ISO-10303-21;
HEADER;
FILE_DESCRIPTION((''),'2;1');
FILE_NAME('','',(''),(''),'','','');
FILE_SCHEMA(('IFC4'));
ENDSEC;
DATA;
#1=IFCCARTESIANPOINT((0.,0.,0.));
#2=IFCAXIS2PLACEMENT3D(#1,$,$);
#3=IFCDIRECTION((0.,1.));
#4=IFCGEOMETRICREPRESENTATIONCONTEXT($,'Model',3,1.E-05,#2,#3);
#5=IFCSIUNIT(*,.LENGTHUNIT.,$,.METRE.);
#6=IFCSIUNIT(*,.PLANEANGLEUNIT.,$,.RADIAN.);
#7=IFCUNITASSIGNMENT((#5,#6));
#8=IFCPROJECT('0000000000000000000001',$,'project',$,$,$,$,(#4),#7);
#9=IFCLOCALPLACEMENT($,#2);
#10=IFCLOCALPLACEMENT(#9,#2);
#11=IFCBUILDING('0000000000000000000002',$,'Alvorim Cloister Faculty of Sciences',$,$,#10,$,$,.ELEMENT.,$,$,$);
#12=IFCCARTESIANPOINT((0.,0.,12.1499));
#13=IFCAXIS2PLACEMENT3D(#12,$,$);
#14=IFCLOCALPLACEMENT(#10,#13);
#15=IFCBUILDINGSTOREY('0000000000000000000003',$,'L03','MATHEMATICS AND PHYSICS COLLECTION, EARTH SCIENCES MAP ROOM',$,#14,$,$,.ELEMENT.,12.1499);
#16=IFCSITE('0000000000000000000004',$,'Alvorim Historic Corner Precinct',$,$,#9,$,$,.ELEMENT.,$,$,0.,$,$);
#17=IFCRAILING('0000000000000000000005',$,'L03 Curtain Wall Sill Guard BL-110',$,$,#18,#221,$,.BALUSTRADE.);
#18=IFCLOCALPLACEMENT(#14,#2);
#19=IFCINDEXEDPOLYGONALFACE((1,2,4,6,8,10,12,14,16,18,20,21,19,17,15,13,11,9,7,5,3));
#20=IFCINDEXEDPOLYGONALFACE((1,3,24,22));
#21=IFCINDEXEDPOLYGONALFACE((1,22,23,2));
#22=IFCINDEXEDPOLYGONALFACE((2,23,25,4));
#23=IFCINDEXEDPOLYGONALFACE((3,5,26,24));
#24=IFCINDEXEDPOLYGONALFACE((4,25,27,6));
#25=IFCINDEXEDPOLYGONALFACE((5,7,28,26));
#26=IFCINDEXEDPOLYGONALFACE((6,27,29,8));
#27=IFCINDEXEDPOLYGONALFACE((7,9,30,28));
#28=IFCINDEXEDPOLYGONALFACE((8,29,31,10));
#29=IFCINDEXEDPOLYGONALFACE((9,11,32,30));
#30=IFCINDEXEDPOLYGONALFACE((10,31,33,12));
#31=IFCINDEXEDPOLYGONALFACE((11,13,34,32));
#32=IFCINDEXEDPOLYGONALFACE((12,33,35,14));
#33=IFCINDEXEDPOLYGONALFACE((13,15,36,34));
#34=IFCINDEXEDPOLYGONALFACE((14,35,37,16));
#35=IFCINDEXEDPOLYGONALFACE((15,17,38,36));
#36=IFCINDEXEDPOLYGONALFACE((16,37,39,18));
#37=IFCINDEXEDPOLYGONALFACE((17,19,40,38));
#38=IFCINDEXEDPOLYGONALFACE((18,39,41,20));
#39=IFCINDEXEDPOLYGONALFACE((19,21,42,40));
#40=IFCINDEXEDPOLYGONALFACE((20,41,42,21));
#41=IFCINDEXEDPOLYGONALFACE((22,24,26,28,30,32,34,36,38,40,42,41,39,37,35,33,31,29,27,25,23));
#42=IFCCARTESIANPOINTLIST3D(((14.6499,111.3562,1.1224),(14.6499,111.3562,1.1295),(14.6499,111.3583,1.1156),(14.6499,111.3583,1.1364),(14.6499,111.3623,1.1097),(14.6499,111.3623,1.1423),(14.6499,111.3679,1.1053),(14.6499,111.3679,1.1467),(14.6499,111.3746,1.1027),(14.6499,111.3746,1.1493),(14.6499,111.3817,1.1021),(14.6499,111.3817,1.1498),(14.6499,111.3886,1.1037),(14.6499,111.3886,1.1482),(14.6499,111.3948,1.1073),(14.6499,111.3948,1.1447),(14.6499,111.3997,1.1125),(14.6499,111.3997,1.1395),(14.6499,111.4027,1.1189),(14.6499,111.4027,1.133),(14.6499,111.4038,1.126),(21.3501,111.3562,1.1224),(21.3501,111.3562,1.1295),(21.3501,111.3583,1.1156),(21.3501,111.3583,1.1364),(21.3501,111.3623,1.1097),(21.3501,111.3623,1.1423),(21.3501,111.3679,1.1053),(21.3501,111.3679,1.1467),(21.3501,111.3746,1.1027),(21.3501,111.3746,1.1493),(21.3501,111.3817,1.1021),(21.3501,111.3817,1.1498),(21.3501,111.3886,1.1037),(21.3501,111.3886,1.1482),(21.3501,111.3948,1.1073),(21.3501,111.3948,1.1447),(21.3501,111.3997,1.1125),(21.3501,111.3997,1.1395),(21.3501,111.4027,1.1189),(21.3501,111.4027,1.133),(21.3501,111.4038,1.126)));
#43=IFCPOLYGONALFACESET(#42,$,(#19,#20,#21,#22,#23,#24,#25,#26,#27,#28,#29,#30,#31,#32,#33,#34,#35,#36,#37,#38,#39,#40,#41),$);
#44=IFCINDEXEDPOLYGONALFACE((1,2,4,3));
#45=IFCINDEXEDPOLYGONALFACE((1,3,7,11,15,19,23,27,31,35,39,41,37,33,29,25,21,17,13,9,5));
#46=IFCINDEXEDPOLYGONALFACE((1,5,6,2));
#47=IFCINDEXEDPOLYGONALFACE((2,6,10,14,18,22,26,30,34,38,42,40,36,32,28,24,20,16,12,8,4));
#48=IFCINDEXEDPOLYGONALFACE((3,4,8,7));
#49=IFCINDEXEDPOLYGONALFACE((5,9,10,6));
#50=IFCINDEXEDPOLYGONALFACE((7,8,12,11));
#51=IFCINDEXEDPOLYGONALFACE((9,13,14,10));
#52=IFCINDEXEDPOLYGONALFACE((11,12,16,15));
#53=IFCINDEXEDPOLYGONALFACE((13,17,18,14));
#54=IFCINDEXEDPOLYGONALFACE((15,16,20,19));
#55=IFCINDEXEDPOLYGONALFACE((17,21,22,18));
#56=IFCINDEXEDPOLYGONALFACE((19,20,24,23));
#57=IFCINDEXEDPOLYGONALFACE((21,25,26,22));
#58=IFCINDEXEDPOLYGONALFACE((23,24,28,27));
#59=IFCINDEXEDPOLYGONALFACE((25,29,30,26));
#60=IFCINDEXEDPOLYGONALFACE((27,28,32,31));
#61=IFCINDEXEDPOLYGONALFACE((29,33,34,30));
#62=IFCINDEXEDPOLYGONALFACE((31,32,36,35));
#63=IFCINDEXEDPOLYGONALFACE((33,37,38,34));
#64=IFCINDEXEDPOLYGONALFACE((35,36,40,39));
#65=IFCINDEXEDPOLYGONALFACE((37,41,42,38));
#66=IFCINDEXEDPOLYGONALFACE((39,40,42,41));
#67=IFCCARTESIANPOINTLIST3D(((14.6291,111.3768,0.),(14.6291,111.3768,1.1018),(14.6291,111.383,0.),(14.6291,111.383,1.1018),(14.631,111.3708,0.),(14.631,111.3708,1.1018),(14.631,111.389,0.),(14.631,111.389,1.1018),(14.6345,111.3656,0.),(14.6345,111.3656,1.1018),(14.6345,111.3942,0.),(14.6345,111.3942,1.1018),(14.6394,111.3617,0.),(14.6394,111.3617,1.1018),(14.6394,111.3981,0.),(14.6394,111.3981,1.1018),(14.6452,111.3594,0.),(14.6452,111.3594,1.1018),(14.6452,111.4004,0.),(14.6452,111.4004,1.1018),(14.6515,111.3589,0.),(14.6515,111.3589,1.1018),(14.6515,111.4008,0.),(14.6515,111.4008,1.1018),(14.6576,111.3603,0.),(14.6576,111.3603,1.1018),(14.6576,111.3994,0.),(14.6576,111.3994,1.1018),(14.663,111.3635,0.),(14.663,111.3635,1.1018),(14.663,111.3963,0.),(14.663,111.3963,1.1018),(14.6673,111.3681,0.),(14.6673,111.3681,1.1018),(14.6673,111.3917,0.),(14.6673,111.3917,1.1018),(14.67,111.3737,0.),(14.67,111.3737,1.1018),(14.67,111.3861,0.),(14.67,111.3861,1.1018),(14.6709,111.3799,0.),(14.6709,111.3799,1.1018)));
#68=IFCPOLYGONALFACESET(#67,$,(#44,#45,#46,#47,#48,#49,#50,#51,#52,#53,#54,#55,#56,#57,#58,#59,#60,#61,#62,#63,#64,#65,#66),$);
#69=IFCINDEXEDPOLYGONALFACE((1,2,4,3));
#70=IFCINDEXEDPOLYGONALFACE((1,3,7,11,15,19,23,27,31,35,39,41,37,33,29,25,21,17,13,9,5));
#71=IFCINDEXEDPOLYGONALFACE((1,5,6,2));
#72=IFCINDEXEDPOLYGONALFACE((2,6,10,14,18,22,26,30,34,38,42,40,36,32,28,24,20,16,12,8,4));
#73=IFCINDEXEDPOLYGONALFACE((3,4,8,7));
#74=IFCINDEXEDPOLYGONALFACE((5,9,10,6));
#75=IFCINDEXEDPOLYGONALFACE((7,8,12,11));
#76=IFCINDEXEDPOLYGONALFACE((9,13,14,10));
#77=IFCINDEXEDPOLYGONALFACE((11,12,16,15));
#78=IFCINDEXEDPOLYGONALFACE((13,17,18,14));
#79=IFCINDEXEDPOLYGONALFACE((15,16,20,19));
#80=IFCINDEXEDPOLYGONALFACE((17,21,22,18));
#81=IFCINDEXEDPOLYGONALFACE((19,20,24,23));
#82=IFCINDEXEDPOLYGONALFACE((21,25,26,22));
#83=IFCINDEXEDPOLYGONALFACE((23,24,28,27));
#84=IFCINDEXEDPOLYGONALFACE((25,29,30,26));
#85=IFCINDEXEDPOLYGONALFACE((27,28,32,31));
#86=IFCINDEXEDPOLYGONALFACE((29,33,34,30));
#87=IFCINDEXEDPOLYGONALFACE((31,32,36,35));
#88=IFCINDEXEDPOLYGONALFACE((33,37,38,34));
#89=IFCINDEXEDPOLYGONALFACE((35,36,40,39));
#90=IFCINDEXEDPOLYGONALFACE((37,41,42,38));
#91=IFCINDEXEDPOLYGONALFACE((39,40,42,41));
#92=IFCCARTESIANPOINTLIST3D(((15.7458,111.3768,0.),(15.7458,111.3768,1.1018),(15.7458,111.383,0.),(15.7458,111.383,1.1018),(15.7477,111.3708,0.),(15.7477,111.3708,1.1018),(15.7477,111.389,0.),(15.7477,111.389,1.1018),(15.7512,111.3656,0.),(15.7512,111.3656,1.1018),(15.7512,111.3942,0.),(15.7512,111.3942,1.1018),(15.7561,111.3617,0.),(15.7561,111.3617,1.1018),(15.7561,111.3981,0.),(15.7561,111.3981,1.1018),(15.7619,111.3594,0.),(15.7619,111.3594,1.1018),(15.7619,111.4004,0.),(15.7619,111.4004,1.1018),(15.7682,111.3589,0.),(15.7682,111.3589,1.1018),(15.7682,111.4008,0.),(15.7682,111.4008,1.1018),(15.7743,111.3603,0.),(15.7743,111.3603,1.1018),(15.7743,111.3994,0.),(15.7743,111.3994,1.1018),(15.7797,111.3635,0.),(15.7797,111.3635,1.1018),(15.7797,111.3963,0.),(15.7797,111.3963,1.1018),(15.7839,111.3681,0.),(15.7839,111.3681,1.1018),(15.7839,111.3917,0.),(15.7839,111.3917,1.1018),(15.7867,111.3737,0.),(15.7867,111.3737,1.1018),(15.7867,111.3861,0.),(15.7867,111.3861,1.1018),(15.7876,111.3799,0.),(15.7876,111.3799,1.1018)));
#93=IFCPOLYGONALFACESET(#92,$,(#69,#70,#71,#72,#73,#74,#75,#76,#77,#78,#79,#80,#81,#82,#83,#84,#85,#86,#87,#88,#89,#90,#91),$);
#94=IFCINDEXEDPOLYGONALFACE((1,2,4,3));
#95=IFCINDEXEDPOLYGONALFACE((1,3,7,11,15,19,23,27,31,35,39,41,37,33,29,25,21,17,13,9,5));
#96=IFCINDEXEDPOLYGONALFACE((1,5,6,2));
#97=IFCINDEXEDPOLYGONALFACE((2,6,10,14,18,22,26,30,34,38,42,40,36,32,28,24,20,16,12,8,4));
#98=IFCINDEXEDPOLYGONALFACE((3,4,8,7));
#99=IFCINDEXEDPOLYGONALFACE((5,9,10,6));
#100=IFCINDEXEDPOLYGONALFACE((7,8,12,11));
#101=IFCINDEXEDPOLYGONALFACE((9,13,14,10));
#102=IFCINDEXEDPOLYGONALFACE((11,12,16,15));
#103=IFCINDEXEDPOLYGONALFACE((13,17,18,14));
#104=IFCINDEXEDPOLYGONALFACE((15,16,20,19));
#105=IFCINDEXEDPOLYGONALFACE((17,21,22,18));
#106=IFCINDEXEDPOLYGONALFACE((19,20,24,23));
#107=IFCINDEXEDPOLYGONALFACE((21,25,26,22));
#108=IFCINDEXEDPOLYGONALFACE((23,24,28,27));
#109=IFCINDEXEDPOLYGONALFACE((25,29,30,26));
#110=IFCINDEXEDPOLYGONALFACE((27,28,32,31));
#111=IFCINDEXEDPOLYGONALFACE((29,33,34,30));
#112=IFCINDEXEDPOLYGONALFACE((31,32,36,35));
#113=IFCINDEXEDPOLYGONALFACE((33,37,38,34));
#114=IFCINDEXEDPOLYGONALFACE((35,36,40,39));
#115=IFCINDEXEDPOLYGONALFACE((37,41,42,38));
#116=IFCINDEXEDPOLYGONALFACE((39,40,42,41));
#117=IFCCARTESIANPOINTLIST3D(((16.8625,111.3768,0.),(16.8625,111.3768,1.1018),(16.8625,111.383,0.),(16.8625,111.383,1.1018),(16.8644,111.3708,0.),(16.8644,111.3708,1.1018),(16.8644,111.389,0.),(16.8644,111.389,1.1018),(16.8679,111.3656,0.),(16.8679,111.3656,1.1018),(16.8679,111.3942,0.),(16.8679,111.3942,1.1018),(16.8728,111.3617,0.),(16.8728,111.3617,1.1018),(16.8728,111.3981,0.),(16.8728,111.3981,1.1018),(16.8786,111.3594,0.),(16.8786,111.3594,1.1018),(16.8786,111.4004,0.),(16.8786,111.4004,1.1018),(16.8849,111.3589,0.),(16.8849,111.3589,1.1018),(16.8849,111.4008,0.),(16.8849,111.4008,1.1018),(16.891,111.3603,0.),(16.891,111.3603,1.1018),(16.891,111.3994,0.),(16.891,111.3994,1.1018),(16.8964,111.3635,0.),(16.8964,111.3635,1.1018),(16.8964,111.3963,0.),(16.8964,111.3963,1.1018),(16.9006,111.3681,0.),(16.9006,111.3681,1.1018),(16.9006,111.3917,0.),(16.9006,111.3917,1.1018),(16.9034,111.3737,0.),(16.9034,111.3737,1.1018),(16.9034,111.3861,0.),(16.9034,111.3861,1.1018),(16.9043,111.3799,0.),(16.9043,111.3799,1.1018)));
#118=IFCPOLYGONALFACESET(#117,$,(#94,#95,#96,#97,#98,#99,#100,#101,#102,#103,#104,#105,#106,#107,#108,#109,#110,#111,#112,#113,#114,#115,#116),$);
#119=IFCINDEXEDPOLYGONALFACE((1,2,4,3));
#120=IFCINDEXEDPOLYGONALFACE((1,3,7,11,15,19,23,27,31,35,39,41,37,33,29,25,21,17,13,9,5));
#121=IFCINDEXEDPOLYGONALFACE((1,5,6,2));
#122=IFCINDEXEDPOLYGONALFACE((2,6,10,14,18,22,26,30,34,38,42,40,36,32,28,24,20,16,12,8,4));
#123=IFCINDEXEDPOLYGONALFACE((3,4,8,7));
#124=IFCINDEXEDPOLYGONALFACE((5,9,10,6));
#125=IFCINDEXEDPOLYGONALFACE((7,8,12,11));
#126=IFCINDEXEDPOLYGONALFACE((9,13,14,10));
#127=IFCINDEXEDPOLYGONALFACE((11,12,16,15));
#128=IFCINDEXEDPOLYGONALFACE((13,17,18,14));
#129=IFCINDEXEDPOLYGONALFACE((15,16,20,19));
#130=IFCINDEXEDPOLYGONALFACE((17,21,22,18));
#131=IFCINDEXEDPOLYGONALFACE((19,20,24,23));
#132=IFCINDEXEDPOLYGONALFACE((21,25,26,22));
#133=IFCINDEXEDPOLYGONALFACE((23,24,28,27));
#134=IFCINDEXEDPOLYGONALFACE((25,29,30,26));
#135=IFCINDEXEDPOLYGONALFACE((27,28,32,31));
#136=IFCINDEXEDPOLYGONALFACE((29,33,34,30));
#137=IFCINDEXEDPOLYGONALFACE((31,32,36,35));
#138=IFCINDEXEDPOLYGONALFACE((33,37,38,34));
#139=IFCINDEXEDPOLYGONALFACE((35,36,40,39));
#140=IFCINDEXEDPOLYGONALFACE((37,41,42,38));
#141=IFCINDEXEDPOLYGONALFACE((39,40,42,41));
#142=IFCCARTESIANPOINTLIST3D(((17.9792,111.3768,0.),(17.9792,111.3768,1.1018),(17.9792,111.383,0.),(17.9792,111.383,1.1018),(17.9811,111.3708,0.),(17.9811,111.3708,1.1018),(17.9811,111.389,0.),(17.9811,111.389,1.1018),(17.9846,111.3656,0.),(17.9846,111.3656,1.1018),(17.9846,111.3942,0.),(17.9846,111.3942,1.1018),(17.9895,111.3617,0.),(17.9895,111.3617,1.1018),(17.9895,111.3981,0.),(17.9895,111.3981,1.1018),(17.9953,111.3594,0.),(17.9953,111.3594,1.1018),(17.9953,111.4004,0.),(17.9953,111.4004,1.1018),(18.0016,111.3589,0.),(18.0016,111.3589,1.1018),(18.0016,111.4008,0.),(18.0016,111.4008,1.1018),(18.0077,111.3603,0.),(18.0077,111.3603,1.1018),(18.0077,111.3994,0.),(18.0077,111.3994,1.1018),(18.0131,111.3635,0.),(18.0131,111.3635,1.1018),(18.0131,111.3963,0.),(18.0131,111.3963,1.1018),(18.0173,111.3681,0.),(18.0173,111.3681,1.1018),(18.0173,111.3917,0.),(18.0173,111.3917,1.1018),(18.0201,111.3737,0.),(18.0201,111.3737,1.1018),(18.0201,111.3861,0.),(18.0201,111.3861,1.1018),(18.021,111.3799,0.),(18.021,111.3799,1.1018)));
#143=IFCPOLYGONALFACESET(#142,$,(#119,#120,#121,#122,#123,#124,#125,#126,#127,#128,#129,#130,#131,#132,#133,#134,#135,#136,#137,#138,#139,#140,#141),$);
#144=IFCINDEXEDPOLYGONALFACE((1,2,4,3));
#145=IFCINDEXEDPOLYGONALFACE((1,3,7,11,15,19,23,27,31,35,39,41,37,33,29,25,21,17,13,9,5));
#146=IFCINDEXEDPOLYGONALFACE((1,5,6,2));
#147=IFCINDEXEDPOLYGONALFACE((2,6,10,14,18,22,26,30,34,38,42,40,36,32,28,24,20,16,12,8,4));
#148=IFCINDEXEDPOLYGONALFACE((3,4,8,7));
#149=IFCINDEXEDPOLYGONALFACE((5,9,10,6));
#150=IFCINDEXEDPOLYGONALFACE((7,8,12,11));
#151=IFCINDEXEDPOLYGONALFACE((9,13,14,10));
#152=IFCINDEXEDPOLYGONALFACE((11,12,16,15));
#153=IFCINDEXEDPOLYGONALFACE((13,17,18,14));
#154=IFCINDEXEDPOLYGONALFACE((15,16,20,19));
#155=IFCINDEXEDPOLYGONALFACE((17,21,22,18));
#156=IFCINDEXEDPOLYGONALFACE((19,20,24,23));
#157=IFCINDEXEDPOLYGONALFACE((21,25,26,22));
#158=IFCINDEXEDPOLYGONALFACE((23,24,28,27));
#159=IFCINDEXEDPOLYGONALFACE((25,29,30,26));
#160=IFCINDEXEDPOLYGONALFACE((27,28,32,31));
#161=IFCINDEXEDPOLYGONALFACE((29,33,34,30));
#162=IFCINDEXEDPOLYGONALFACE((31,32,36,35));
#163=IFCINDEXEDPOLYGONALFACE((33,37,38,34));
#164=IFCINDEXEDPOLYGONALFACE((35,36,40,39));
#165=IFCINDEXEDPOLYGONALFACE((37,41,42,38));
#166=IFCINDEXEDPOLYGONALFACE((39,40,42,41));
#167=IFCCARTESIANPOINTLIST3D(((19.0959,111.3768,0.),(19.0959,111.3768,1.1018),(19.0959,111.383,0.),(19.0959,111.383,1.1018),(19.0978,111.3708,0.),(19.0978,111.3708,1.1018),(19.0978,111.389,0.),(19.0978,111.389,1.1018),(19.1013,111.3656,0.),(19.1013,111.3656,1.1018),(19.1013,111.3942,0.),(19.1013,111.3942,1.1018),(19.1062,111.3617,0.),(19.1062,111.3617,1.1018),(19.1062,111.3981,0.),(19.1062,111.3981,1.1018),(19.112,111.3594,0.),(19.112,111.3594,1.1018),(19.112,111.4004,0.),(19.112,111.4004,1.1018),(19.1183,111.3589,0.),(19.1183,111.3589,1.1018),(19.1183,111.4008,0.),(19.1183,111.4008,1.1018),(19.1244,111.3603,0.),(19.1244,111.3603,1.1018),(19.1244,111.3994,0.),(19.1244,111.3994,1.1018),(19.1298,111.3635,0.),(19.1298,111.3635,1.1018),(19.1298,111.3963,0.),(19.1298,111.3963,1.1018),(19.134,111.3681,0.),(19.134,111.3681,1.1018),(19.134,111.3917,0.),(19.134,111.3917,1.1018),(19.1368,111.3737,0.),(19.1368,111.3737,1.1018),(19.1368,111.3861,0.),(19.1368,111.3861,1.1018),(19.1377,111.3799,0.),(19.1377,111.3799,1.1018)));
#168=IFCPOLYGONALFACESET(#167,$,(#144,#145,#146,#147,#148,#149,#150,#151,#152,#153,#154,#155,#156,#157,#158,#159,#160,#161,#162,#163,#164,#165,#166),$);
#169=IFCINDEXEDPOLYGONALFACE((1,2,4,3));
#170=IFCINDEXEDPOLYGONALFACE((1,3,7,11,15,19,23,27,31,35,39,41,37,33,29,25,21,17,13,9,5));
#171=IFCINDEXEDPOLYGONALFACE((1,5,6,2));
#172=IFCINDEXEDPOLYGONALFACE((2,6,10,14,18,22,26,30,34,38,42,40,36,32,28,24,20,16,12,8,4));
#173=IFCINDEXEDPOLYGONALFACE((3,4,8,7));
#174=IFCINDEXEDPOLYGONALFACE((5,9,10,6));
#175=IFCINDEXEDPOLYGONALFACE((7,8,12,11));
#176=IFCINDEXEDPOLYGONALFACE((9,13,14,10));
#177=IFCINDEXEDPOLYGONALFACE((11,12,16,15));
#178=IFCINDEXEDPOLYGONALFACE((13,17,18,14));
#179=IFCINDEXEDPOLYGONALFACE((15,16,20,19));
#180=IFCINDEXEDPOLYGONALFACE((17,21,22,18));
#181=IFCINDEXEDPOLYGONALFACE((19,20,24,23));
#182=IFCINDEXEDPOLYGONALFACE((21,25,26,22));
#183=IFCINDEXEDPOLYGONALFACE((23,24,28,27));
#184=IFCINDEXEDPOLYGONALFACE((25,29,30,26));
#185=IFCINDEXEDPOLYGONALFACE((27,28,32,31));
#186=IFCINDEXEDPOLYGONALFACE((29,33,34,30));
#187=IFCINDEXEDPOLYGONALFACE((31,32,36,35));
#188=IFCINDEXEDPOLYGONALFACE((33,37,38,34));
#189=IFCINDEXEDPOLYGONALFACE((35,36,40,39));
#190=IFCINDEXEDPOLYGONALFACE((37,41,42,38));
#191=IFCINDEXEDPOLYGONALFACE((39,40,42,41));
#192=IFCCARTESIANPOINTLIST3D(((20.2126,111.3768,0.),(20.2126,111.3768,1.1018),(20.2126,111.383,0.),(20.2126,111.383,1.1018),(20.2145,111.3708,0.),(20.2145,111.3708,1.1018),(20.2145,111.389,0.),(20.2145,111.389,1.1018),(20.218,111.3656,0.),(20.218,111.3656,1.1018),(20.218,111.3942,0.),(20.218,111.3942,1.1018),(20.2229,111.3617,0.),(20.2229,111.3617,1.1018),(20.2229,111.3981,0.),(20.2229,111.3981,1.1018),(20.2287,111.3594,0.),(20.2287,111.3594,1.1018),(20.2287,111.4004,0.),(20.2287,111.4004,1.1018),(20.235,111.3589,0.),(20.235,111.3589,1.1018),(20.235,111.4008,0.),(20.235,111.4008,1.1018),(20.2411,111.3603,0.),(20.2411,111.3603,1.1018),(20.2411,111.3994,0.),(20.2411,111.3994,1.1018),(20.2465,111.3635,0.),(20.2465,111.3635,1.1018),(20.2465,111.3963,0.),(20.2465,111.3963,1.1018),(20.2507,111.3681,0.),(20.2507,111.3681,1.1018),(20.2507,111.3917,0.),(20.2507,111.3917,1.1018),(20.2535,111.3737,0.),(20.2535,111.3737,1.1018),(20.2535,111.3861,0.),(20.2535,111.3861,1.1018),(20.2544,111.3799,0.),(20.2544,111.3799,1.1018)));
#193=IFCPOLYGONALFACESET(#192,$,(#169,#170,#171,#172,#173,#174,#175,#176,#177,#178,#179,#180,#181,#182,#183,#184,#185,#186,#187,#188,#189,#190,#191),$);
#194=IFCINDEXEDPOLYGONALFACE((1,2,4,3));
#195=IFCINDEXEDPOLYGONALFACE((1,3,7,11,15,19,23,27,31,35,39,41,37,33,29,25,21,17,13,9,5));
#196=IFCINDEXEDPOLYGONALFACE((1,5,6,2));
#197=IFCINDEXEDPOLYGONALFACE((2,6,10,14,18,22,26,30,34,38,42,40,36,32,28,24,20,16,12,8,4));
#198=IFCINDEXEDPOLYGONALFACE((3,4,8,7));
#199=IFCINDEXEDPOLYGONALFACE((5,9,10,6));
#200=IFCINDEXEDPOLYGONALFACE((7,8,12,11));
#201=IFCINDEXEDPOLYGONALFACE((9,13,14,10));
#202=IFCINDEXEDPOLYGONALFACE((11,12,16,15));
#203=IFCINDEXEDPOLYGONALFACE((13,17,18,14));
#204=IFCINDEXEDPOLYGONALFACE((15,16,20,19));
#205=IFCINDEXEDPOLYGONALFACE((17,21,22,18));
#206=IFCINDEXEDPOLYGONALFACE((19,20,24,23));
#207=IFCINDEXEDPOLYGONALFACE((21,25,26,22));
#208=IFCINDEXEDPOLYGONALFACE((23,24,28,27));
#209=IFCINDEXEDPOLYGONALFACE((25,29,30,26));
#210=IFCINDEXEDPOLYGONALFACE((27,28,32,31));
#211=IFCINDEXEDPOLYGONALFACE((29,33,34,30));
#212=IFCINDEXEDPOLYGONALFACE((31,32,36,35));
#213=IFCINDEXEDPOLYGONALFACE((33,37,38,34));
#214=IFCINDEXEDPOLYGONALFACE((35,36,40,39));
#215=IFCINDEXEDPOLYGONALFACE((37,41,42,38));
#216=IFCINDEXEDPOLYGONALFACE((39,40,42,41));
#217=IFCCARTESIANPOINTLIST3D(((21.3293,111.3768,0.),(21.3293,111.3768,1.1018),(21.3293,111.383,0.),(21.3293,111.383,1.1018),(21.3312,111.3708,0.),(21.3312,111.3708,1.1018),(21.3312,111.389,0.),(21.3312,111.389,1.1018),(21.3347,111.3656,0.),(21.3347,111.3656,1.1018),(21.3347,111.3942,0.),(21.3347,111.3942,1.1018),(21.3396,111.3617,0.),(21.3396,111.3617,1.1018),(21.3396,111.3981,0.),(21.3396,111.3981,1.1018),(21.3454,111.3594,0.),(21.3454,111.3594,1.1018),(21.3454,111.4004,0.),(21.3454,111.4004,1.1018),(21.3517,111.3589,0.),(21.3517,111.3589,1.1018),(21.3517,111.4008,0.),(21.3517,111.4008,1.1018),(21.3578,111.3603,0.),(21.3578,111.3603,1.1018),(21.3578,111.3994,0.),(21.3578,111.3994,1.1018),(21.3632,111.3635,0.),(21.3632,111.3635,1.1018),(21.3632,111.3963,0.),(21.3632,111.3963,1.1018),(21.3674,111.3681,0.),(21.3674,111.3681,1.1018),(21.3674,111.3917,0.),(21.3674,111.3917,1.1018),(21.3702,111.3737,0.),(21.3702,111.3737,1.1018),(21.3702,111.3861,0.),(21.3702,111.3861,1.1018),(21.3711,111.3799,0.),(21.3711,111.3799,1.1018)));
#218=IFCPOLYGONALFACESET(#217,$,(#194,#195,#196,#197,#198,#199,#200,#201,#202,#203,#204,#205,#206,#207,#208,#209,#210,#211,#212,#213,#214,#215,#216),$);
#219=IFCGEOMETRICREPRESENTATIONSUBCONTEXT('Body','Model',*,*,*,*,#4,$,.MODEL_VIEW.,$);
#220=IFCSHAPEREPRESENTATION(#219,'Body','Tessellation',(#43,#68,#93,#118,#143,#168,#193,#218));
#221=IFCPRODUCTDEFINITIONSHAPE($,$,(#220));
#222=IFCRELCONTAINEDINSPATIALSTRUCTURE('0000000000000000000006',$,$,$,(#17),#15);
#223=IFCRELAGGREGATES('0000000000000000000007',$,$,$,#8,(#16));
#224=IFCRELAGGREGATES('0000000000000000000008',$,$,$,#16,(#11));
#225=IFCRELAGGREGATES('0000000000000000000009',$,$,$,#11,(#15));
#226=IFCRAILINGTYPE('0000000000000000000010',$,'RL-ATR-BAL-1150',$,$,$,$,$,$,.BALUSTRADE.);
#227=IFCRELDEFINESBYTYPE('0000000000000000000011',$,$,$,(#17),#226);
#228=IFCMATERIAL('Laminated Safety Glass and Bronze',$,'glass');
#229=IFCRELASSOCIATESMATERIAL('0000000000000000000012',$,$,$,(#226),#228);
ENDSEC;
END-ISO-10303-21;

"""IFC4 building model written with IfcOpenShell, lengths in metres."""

from ifc_helpers import new_model, si_unit, direction, frame, origin, origin_2d, place, context, subcontext, project, spatial, circle, extrude, material, type_object, element, save


model = new_model("IFC4")

# Units and contexts
model_context = context("Model", 3, precision=1e-05, world=origin(), true_north=direction((0.0, 1.0)))
body_context = subcontext(model_context, "Body", "Model", "MODEL_VIEW")
ifc_project = project(units=[si_unit("LENGTHUNIT", "METRE"), si_unit("PLANEANGLEUNIT", "RADIAN")], contexts=[model_context])

# Site, building, storey
site_placement = place(None, origin())
site = spatial("IfcSite", under=ifc_project, at=site_placement, Name="Alvorim Historic Corner Precinct", CompositionType="ELEMENT", RefElevation=0.0)
building_placement = place(site_placement, origin())
building = spatial("IfcBuilding", under=site, at=building_placement, Name="Alvorim Cloister Faculty of Sciences", CompositionType="ELEMENT")
storey_placement = place(building_placement, frame((0.0, 0.0, 12.1499)))
storey = spatial("IfcBuildingStorey", under=building, at=storey_placement, Name="L03", Description="MATHEMATICS AND PHYSICS COLLECTION, EARTH SCIENCES MAP ROOM", CompositionType="ELEMENT", Elevation=12.1499)

# Railing
ifc_material_1 = material(Name="Laminated Safety Glass and Bronze", Category="glass")
railing_type = type_object("IfcRailingType", Name="RL-ATR-BAL-1150", PredefinedType="BALUSTRADE", material=ifc_material_1)
railing_placement = place(storey_placement, frame((14.6499, 111.3799, 0.0)))
element("IfcRailing", 1, at=railing_placement, inside=storey, type_object=railing_type, Name="L03 Curtain Wall Sill Guard BL-110", PredefinedType="BALUSTRADE", context=body_context, shape_type="SweptSolid", body=[
    extrude(circle(Radius=0.0239, at=origin_2d()), frame((0.0, 0.0, 1.126), z_axis=(1.0, 0.0, 0.0), x_axis=(0.0, 1.0, 0.0)), (0.0, 0.0, 1.0), 6.7002),
    extrude(circle(Radius=0.021, at=origin_2d()), origin(), (0.0, 0.0, 1.0), 1.1018),
    extrude(circle(Radius=0.021, at=origin_2d()), frame((1.1167, 0.0, 0.0)), (0.0, 0.0, 1.0), 1.1018),
    extrude(circle(Radius=0.021, at=origin_2d()), frame((2.2334, 0.0, 0.0)), (0.0, 0.0, 1.0), 1.1018),
    extrude(circle(Radius=0.021, at=origin_2d()), frame((3.3501, 0.0, 0.0)), (0.0, 0.0, 1.0), 1.1018),
    extrude(circle(Radius=0.021, at=origin_2d()), frame((4.4668, 0.0, 0.0)), (0.0, 0.0, 1.0), 1.1018),
    extrude(circle(Radius=0.021, at=origin_2d()), frame((5.5835, 0.0, 0.0)), (0.0, 0.0, 1.0), 1.1018),
    extrude(circle(Radius=0.021, at=origin_2d()), frame((6.7002, 0.0, 0.0)), (0.0, 0.0, 1.0), 1.1018),
])

save(model, "model.ifc")
